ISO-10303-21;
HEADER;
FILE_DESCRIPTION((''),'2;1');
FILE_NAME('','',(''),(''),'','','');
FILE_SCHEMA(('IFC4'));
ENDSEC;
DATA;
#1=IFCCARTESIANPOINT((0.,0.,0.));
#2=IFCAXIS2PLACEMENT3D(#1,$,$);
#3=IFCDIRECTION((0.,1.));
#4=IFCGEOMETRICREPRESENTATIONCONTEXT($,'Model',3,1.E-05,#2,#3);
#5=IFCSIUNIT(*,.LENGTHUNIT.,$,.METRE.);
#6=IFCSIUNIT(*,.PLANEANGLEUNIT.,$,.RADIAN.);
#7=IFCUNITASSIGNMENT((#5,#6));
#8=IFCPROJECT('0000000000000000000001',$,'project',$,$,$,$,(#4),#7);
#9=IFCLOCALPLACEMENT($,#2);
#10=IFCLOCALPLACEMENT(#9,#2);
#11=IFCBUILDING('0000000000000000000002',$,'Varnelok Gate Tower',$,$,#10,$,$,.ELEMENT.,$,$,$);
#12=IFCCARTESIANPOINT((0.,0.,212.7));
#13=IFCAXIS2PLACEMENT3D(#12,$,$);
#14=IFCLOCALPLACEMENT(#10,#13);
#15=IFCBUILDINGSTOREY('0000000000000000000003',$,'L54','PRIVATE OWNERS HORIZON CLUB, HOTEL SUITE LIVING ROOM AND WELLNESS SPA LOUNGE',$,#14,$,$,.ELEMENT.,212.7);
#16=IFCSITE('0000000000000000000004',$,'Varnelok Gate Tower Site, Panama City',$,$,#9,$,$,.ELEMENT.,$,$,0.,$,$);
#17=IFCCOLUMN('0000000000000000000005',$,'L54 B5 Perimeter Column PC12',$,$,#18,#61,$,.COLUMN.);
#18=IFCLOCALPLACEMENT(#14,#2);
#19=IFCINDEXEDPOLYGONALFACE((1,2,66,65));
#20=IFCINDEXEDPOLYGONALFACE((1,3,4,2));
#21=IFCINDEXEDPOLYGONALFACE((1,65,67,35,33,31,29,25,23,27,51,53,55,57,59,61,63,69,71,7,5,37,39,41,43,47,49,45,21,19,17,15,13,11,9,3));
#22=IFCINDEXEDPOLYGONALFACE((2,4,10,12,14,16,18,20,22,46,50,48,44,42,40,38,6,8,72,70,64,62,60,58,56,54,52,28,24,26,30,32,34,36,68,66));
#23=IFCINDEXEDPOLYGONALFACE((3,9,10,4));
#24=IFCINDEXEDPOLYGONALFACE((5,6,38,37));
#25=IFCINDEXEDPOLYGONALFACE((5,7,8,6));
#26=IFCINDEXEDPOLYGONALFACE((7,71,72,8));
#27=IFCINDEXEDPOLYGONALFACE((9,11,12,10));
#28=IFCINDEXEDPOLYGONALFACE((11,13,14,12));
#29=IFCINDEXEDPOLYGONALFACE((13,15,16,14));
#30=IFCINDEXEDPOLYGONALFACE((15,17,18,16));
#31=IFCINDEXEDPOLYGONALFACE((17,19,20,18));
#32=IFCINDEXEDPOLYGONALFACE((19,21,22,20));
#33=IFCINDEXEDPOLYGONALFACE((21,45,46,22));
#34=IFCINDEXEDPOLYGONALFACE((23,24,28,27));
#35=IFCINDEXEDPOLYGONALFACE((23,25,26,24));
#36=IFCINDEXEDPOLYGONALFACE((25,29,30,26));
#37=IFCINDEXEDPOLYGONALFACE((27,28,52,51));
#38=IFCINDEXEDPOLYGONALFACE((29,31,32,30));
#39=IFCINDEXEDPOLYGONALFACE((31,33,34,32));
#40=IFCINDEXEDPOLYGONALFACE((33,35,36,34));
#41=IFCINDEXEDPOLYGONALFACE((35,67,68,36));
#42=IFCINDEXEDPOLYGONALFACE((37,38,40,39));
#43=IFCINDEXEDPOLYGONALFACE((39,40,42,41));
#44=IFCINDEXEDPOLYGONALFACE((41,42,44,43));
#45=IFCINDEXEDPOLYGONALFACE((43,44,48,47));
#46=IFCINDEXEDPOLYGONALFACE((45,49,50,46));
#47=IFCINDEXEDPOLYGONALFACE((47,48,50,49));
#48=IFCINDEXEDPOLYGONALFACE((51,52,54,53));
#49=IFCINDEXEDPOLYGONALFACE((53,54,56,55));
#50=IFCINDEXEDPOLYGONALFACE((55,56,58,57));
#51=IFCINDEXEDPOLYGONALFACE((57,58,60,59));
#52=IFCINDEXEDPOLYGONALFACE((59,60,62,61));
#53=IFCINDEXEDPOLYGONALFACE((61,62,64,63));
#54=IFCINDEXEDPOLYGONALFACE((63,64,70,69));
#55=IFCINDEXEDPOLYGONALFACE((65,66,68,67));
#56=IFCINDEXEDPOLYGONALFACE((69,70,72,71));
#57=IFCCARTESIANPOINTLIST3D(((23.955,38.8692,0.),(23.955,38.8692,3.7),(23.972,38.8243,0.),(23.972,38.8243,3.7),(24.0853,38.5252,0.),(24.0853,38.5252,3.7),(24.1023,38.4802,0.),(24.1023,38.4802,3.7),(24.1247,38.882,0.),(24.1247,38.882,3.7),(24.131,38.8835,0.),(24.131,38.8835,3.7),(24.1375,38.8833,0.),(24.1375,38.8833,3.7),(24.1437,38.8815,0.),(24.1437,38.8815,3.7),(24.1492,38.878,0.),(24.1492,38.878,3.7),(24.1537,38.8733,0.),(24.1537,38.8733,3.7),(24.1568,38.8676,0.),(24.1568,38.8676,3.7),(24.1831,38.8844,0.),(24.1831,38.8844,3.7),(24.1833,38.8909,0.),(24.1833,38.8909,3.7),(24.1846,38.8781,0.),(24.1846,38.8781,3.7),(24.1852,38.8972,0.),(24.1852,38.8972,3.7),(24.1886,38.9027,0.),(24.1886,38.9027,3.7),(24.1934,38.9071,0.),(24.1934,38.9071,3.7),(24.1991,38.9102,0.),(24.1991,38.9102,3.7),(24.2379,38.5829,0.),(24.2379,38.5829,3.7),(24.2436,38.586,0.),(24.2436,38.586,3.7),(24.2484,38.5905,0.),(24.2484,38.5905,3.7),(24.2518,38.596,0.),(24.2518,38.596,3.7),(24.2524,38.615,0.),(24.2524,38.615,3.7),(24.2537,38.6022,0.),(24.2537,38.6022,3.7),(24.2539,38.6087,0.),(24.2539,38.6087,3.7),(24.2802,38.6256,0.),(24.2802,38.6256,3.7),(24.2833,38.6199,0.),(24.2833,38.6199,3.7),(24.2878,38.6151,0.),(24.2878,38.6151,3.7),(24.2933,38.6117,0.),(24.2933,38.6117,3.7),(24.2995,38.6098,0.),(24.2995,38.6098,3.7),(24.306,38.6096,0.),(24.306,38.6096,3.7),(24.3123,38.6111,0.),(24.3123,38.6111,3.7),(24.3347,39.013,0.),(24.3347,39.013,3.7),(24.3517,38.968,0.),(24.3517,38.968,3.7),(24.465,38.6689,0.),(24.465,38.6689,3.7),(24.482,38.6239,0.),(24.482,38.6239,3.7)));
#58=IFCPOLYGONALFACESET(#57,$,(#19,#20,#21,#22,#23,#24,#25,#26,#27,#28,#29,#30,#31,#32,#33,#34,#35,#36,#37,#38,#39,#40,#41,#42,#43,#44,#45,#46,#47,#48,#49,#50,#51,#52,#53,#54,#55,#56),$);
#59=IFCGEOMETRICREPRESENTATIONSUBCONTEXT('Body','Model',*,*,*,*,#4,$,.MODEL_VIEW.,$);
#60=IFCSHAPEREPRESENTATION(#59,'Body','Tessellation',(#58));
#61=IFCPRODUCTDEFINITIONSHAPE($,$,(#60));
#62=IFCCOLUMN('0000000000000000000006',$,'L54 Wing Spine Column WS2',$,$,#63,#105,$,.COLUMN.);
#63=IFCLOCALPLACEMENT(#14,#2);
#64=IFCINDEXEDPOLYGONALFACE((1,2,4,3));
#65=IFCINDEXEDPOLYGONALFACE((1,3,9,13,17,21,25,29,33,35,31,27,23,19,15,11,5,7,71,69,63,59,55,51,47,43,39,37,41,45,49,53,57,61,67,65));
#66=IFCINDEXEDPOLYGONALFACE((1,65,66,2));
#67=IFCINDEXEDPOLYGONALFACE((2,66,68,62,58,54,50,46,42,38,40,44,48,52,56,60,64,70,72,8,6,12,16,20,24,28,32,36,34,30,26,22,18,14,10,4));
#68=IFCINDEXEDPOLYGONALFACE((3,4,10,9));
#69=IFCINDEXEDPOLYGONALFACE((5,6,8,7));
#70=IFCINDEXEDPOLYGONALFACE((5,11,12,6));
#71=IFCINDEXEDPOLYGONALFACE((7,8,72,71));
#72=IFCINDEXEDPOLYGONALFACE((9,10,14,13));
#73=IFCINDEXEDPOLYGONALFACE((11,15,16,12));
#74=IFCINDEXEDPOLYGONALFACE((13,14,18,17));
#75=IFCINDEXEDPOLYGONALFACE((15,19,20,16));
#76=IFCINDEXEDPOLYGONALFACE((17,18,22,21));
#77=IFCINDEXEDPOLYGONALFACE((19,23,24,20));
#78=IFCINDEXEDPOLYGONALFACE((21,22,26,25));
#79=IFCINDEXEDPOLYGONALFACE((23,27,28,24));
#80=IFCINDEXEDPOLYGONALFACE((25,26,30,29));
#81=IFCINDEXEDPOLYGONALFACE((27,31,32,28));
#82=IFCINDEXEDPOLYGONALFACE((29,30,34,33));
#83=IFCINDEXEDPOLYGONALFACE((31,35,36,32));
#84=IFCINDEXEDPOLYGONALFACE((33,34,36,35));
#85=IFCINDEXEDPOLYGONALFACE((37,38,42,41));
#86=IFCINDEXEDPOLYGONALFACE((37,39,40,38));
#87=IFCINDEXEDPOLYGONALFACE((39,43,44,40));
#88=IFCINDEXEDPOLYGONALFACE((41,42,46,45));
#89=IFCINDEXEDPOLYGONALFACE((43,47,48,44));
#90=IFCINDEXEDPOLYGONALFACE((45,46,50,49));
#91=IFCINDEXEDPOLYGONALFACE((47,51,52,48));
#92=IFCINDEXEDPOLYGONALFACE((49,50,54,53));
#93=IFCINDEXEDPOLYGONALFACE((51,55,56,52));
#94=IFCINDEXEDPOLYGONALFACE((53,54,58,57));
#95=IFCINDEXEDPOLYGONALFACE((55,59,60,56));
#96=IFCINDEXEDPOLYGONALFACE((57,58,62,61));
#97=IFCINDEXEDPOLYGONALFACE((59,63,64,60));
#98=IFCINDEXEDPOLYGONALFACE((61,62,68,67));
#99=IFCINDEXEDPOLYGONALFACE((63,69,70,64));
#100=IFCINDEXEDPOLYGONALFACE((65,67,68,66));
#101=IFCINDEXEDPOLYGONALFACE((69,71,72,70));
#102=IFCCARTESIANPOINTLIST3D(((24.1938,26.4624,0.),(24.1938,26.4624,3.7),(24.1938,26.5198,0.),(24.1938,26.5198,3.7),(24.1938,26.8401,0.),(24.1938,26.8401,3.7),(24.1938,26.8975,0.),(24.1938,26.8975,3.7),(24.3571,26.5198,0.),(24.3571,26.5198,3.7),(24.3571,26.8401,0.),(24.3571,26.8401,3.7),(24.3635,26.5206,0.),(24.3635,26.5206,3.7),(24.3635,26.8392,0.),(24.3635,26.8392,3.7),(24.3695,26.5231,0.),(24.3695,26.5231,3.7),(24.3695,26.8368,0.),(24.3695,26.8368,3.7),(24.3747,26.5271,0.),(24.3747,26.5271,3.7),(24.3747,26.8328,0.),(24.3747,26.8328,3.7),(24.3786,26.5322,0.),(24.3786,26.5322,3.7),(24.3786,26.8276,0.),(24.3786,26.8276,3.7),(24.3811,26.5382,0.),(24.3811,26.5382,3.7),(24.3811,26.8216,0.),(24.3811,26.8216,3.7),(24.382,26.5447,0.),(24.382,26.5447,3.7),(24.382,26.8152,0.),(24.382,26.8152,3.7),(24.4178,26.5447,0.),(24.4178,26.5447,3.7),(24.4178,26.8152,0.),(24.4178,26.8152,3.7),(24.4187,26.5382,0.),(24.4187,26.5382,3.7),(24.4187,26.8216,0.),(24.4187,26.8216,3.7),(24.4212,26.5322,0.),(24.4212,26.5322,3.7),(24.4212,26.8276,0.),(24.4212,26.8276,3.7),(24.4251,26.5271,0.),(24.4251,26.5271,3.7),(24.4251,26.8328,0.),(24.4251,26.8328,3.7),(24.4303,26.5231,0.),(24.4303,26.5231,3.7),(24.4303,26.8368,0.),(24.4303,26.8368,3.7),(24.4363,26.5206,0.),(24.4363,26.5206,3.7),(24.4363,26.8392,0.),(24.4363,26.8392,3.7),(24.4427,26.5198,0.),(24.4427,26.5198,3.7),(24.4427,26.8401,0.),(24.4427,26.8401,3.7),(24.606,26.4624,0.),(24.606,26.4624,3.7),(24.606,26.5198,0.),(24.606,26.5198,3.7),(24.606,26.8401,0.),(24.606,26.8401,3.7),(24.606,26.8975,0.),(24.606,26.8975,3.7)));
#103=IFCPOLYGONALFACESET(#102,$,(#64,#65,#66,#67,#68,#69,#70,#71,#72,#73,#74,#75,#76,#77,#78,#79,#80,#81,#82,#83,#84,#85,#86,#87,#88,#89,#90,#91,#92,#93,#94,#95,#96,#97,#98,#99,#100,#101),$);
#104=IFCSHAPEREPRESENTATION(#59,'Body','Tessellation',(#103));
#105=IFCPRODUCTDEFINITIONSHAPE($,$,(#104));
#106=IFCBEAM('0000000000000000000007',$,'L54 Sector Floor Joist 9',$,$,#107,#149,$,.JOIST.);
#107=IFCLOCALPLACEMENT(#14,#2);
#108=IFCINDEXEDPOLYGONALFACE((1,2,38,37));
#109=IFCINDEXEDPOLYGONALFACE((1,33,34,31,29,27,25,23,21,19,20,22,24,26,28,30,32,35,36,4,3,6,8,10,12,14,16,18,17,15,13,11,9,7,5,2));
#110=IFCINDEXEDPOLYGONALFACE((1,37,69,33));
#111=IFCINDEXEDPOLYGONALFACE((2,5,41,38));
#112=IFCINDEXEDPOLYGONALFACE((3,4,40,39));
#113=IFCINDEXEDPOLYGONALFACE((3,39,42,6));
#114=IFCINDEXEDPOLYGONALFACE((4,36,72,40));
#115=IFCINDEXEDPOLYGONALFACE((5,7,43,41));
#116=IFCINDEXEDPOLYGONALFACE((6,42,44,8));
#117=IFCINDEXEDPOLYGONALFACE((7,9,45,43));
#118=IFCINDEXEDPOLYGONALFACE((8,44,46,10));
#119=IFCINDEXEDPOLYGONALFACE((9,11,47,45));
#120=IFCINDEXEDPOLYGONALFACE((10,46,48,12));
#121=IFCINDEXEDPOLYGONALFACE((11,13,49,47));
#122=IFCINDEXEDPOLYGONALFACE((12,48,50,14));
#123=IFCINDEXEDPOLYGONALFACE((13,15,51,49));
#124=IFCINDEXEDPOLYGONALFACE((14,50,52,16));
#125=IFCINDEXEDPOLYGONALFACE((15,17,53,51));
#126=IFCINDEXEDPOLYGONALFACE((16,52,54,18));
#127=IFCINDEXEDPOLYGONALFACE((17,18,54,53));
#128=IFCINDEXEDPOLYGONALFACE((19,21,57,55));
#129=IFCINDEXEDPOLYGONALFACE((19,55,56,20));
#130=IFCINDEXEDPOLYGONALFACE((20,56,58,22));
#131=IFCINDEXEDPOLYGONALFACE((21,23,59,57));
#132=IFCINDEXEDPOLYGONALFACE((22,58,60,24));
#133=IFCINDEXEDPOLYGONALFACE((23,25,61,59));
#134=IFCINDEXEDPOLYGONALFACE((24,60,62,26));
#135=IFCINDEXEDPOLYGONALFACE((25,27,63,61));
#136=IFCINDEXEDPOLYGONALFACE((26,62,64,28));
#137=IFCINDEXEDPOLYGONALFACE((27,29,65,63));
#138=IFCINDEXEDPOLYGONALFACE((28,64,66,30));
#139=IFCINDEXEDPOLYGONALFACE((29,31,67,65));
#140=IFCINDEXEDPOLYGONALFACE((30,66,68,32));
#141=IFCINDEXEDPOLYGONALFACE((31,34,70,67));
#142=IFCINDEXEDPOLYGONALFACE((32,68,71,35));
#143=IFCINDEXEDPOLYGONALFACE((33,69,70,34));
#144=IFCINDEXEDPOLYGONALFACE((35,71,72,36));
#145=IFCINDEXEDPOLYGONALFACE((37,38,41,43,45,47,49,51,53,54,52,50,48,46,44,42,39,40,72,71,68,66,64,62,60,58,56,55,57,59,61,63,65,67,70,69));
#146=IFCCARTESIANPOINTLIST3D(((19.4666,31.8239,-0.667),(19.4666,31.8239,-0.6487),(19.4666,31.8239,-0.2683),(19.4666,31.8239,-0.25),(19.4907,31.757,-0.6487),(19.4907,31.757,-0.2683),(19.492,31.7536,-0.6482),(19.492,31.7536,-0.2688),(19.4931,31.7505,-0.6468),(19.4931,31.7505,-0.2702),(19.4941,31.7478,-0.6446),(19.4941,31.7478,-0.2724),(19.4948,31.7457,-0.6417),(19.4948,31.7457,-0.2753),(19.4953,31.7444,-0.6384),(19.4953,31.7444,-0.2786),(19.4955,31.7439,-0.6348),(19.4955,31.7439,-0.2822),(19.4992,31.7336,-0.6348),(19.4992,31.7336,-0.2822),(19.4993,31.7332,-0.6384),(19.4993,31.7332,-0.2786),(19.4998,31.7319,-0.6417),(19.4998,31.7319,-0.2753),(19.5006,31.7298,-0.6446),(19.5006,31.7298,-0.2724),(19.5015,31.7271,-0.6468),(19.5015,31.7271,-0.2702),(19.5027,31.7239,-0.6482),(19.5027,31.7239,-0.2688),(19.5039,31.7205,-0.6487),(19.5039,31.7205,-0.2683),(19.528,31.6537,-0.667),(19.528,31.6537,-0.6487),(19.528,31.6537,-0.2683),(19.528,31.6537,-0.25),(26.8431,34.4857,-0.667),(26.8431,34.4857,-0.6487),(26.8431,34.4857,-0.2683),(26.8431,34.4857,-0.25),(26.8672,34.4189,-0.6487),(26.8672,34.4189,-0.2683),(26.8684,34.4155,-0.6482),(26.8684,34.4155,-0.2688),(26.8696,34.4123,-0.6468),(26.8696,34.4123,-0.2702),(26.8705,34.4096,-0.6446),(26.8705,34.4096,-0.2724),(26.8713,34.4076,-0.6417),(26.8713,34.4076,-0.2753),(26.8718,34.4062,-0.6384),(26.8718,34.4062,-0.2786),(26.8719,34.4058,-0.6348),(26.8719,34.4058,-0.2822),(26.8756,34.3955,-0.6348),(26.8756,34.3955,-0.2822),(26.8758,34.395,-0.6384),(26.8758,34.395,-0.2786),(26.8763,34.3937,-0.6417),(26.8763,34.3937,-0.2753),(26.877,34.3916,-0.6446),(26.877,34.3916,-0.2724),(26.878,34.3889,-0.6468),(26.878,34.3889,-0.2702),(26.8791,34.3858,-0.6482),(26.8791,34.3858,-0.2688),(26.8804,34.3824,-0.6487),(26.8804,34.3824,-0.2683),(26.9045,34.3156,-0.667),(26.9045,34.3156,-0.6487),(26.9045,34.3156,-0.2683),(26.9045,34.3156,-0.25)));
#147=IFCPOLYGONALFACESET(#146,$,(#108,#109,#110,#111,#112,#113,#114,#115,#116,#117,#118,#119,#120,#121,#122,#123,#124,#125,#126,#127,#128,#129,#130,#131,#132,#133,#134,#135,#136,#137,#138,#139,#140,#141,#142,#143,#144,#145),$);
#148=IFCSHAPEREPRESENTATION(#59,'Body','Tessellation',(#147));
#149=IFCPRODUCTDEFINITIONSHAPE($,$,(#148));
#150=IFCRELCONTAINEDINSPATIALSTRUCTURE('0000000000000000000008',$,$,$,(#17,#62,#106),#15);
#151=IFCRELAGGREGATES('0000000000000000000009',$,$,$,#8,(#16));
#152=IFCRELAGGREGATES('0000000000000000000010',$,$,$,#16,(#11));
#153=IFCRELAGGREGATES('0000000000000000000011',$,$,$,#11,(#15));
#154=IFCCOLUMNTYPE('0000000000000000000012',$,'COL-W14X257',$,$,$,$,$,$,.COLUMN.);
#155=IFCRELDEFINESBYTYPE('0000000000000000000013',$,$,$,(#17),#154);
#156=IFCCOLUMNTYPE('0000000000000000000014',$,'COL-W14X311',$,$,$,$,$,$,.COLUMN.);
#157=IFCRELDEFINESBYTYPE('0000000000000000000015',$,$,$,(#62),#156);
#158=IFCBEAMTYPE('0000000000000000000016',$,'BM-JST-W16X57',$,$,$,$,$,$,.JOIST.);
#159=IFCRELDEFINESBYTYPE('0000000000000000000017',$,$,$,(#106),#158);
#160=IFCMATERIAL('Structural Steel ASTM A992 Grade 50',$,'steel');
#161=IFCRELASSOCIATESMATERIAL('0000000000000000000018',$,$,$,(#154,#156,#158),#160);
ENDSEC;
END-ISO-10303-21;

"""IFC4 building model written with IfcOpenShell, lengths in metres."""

from ifc_helpers import new_model, si_unit, direction, frame, origin, origin_2d, place, context, subcontext, project, spatial, i_section, extrude, material, material_profile, profile_set, type_object, element, save


model = new_model("IFC4")

# Units and contexts
model_context = context("Model", 3, precision=1e-05, world=origin(), true_north=direction((0.0, 1.0)))
body_context = subcontext(model_context, "Body", "Model", "MODEL_VIEW")
ifc_project = project(units=[si_unit("LENGTHUNIT", "METRE"), si_unit("PLANEANGLEUNIT", "RADIAN")], contexts=[model_context])

# Site, building, storey
site_placement = place(None, origin())
site = spatial("IfcSite", under=ifc_project, at=site_placement, Name="Varnelok Gate Tower Site, Panama City", CompositionType="ELEMENT", RefElevation=0.0)
building_placement = place(site_placement, origin())
building = spatial("IfcBuilding", under=site, at=building_placement, Name="Varnelok Gate Tower", CompositionType="ELEMENT")
storey_placement = place(building_placement, frame((0.0, 0.0, 212.7)))
storey = spatial("IfcBuildingStorey", under=building, at=storey_placement, Name="L54", Description="PRIVATE OWNERS HORIZON CLUB, HOTEL SUITE LIVING ROOM AND WELLNESS SPA LOUNGE", CompositionType="ELEMENT", Elevation=212.7)

# Columns
ifc_material_1 = material(Name="Structural Steel ASTM A992 Grade 50", Category="steel")
ifc_material_profile_1 = material_profile(ifc_material_1, i_section(OverallWidth=0.406, OverallDepth=0.416, WebThickness=0.0298, FlangeThickness=0.0481, FilletRadius=0.0249, at=origin_2d()), Name="W14X257")
ifc_profile_set_1 = profile_set([ifc_material_profile_1], Name="Structural Steel ASTM A992 Grade 50")
column_type_1 = type_object("IfcColumnType", Name="COL-W14X257", PredefinedType="COLUMN", material=ifc_profile_set_1)
column_1_placement = place(storey_placement, frame((24.2185, 38.7466, 0.0), z_axis=(0.0, 0.0, 1.0), x_axis=(0.935222, 0.354063, 0.0)))
element("IfcColumn", 1, at=column_1_placement, inside=storey, type_object=column_type_1, Name="L54 B5 Perimeter Column PC12", PredefinedType="COLUMN", context=body_context, shape_type="SweptSolid", body=[
    extrude(i_section(OverallWidth=0.406, OverallDepth=0.416, WebThickness=0.0298, FlangeThickness=0.0481, FilletRadius=0.0249, at=origin_2d()), origin(), (0.0, 0.0, 1.0), 3.7),
])
ifc_material_profile_2 = material_profile(ifc_material_1, i_section(OverallWidth=0.4121, OverallDepth=0.4351, WebThickness=0.0359, FlangeThickness=0.0574, FilletRadius=0.0249, at=origin_2d()), Name="W14X311")
ifc_profile_set_2 = profile_set([ifc_material_profile_2], Name="Structural Steel ASTM A992 Grade 50")
column_type_2 = type_object("IfcColumnType", Name="COL-W14X311", PredefinedType="COLUMN", material=ifc_profile_set_2)
column_2_placement = place(storey_placement, frame((24.3999, 26.6799, 0.0), z_axis=(0.0, 0.0, 1.0), x_axis=(1.0, 0.0, 0.0)))
element("IfcColumn", 2, at=column_2_placement, inside=storey, type_object=column_type_2, Name="L54 Wing Spine Column WS2", PredefinedType="COLUMN", context=body_context, shape_type="SweptSolid", body=[
    extrude(i_section(OverallWidth=0.4121, OverallDepth=0.4351, WebThickness=0.0359, FlangeThickness=0.0574, FilletRadius=0.0249, at=origin_2d()), origin(), (0.0, 0.0, 1.0), 3.7),
])

# Beam
ifc_material_profile_3 = material_profile(ifc_material_1, i_section(OverallWidth=0.1809, OverallDepth=0.417, WebThickness=0.011, FlangeThickness=0.0183, FilletRadius=0.0139, at=origin_2d()), Name="W16X57")
ifc_profile_set_3 = profile_set([ifc_material_profile_3], Name="Structural Steel ASTM A992 Grade 50")
beam_type_1 = type_object("IfcBeamType", Name="BM-JST-W16X57", PredefinedType="JOIST", material=ifc_profile_set_3)
beam_1_placement = place(storey_placement, frame((26.8738, 34.4006, -0.4585), z_axis=(-0.94063, -0.339435, 0.0), x_axis=(0.339435, -0.94063, 0.0)))
element("IfcBeam", 3, at=beam_1_placement, inside=storey, type_object=beam_type_1, Name="L54 Sector Floor Joist 9", PredefinedType="JOIST", context=body_context, shape_type="SweptSolid", body=[
    extrude(i_section(OverallWidth=0.1809, OverallDepth=0.417, WebThickness=0.011, FlangeThickness=0.0183, FilletRadius=0.0139, at=origin_2d()), origin(), (0.0, 0.0, 1.0), 7.842),
])

save(model, "model.ifc")
